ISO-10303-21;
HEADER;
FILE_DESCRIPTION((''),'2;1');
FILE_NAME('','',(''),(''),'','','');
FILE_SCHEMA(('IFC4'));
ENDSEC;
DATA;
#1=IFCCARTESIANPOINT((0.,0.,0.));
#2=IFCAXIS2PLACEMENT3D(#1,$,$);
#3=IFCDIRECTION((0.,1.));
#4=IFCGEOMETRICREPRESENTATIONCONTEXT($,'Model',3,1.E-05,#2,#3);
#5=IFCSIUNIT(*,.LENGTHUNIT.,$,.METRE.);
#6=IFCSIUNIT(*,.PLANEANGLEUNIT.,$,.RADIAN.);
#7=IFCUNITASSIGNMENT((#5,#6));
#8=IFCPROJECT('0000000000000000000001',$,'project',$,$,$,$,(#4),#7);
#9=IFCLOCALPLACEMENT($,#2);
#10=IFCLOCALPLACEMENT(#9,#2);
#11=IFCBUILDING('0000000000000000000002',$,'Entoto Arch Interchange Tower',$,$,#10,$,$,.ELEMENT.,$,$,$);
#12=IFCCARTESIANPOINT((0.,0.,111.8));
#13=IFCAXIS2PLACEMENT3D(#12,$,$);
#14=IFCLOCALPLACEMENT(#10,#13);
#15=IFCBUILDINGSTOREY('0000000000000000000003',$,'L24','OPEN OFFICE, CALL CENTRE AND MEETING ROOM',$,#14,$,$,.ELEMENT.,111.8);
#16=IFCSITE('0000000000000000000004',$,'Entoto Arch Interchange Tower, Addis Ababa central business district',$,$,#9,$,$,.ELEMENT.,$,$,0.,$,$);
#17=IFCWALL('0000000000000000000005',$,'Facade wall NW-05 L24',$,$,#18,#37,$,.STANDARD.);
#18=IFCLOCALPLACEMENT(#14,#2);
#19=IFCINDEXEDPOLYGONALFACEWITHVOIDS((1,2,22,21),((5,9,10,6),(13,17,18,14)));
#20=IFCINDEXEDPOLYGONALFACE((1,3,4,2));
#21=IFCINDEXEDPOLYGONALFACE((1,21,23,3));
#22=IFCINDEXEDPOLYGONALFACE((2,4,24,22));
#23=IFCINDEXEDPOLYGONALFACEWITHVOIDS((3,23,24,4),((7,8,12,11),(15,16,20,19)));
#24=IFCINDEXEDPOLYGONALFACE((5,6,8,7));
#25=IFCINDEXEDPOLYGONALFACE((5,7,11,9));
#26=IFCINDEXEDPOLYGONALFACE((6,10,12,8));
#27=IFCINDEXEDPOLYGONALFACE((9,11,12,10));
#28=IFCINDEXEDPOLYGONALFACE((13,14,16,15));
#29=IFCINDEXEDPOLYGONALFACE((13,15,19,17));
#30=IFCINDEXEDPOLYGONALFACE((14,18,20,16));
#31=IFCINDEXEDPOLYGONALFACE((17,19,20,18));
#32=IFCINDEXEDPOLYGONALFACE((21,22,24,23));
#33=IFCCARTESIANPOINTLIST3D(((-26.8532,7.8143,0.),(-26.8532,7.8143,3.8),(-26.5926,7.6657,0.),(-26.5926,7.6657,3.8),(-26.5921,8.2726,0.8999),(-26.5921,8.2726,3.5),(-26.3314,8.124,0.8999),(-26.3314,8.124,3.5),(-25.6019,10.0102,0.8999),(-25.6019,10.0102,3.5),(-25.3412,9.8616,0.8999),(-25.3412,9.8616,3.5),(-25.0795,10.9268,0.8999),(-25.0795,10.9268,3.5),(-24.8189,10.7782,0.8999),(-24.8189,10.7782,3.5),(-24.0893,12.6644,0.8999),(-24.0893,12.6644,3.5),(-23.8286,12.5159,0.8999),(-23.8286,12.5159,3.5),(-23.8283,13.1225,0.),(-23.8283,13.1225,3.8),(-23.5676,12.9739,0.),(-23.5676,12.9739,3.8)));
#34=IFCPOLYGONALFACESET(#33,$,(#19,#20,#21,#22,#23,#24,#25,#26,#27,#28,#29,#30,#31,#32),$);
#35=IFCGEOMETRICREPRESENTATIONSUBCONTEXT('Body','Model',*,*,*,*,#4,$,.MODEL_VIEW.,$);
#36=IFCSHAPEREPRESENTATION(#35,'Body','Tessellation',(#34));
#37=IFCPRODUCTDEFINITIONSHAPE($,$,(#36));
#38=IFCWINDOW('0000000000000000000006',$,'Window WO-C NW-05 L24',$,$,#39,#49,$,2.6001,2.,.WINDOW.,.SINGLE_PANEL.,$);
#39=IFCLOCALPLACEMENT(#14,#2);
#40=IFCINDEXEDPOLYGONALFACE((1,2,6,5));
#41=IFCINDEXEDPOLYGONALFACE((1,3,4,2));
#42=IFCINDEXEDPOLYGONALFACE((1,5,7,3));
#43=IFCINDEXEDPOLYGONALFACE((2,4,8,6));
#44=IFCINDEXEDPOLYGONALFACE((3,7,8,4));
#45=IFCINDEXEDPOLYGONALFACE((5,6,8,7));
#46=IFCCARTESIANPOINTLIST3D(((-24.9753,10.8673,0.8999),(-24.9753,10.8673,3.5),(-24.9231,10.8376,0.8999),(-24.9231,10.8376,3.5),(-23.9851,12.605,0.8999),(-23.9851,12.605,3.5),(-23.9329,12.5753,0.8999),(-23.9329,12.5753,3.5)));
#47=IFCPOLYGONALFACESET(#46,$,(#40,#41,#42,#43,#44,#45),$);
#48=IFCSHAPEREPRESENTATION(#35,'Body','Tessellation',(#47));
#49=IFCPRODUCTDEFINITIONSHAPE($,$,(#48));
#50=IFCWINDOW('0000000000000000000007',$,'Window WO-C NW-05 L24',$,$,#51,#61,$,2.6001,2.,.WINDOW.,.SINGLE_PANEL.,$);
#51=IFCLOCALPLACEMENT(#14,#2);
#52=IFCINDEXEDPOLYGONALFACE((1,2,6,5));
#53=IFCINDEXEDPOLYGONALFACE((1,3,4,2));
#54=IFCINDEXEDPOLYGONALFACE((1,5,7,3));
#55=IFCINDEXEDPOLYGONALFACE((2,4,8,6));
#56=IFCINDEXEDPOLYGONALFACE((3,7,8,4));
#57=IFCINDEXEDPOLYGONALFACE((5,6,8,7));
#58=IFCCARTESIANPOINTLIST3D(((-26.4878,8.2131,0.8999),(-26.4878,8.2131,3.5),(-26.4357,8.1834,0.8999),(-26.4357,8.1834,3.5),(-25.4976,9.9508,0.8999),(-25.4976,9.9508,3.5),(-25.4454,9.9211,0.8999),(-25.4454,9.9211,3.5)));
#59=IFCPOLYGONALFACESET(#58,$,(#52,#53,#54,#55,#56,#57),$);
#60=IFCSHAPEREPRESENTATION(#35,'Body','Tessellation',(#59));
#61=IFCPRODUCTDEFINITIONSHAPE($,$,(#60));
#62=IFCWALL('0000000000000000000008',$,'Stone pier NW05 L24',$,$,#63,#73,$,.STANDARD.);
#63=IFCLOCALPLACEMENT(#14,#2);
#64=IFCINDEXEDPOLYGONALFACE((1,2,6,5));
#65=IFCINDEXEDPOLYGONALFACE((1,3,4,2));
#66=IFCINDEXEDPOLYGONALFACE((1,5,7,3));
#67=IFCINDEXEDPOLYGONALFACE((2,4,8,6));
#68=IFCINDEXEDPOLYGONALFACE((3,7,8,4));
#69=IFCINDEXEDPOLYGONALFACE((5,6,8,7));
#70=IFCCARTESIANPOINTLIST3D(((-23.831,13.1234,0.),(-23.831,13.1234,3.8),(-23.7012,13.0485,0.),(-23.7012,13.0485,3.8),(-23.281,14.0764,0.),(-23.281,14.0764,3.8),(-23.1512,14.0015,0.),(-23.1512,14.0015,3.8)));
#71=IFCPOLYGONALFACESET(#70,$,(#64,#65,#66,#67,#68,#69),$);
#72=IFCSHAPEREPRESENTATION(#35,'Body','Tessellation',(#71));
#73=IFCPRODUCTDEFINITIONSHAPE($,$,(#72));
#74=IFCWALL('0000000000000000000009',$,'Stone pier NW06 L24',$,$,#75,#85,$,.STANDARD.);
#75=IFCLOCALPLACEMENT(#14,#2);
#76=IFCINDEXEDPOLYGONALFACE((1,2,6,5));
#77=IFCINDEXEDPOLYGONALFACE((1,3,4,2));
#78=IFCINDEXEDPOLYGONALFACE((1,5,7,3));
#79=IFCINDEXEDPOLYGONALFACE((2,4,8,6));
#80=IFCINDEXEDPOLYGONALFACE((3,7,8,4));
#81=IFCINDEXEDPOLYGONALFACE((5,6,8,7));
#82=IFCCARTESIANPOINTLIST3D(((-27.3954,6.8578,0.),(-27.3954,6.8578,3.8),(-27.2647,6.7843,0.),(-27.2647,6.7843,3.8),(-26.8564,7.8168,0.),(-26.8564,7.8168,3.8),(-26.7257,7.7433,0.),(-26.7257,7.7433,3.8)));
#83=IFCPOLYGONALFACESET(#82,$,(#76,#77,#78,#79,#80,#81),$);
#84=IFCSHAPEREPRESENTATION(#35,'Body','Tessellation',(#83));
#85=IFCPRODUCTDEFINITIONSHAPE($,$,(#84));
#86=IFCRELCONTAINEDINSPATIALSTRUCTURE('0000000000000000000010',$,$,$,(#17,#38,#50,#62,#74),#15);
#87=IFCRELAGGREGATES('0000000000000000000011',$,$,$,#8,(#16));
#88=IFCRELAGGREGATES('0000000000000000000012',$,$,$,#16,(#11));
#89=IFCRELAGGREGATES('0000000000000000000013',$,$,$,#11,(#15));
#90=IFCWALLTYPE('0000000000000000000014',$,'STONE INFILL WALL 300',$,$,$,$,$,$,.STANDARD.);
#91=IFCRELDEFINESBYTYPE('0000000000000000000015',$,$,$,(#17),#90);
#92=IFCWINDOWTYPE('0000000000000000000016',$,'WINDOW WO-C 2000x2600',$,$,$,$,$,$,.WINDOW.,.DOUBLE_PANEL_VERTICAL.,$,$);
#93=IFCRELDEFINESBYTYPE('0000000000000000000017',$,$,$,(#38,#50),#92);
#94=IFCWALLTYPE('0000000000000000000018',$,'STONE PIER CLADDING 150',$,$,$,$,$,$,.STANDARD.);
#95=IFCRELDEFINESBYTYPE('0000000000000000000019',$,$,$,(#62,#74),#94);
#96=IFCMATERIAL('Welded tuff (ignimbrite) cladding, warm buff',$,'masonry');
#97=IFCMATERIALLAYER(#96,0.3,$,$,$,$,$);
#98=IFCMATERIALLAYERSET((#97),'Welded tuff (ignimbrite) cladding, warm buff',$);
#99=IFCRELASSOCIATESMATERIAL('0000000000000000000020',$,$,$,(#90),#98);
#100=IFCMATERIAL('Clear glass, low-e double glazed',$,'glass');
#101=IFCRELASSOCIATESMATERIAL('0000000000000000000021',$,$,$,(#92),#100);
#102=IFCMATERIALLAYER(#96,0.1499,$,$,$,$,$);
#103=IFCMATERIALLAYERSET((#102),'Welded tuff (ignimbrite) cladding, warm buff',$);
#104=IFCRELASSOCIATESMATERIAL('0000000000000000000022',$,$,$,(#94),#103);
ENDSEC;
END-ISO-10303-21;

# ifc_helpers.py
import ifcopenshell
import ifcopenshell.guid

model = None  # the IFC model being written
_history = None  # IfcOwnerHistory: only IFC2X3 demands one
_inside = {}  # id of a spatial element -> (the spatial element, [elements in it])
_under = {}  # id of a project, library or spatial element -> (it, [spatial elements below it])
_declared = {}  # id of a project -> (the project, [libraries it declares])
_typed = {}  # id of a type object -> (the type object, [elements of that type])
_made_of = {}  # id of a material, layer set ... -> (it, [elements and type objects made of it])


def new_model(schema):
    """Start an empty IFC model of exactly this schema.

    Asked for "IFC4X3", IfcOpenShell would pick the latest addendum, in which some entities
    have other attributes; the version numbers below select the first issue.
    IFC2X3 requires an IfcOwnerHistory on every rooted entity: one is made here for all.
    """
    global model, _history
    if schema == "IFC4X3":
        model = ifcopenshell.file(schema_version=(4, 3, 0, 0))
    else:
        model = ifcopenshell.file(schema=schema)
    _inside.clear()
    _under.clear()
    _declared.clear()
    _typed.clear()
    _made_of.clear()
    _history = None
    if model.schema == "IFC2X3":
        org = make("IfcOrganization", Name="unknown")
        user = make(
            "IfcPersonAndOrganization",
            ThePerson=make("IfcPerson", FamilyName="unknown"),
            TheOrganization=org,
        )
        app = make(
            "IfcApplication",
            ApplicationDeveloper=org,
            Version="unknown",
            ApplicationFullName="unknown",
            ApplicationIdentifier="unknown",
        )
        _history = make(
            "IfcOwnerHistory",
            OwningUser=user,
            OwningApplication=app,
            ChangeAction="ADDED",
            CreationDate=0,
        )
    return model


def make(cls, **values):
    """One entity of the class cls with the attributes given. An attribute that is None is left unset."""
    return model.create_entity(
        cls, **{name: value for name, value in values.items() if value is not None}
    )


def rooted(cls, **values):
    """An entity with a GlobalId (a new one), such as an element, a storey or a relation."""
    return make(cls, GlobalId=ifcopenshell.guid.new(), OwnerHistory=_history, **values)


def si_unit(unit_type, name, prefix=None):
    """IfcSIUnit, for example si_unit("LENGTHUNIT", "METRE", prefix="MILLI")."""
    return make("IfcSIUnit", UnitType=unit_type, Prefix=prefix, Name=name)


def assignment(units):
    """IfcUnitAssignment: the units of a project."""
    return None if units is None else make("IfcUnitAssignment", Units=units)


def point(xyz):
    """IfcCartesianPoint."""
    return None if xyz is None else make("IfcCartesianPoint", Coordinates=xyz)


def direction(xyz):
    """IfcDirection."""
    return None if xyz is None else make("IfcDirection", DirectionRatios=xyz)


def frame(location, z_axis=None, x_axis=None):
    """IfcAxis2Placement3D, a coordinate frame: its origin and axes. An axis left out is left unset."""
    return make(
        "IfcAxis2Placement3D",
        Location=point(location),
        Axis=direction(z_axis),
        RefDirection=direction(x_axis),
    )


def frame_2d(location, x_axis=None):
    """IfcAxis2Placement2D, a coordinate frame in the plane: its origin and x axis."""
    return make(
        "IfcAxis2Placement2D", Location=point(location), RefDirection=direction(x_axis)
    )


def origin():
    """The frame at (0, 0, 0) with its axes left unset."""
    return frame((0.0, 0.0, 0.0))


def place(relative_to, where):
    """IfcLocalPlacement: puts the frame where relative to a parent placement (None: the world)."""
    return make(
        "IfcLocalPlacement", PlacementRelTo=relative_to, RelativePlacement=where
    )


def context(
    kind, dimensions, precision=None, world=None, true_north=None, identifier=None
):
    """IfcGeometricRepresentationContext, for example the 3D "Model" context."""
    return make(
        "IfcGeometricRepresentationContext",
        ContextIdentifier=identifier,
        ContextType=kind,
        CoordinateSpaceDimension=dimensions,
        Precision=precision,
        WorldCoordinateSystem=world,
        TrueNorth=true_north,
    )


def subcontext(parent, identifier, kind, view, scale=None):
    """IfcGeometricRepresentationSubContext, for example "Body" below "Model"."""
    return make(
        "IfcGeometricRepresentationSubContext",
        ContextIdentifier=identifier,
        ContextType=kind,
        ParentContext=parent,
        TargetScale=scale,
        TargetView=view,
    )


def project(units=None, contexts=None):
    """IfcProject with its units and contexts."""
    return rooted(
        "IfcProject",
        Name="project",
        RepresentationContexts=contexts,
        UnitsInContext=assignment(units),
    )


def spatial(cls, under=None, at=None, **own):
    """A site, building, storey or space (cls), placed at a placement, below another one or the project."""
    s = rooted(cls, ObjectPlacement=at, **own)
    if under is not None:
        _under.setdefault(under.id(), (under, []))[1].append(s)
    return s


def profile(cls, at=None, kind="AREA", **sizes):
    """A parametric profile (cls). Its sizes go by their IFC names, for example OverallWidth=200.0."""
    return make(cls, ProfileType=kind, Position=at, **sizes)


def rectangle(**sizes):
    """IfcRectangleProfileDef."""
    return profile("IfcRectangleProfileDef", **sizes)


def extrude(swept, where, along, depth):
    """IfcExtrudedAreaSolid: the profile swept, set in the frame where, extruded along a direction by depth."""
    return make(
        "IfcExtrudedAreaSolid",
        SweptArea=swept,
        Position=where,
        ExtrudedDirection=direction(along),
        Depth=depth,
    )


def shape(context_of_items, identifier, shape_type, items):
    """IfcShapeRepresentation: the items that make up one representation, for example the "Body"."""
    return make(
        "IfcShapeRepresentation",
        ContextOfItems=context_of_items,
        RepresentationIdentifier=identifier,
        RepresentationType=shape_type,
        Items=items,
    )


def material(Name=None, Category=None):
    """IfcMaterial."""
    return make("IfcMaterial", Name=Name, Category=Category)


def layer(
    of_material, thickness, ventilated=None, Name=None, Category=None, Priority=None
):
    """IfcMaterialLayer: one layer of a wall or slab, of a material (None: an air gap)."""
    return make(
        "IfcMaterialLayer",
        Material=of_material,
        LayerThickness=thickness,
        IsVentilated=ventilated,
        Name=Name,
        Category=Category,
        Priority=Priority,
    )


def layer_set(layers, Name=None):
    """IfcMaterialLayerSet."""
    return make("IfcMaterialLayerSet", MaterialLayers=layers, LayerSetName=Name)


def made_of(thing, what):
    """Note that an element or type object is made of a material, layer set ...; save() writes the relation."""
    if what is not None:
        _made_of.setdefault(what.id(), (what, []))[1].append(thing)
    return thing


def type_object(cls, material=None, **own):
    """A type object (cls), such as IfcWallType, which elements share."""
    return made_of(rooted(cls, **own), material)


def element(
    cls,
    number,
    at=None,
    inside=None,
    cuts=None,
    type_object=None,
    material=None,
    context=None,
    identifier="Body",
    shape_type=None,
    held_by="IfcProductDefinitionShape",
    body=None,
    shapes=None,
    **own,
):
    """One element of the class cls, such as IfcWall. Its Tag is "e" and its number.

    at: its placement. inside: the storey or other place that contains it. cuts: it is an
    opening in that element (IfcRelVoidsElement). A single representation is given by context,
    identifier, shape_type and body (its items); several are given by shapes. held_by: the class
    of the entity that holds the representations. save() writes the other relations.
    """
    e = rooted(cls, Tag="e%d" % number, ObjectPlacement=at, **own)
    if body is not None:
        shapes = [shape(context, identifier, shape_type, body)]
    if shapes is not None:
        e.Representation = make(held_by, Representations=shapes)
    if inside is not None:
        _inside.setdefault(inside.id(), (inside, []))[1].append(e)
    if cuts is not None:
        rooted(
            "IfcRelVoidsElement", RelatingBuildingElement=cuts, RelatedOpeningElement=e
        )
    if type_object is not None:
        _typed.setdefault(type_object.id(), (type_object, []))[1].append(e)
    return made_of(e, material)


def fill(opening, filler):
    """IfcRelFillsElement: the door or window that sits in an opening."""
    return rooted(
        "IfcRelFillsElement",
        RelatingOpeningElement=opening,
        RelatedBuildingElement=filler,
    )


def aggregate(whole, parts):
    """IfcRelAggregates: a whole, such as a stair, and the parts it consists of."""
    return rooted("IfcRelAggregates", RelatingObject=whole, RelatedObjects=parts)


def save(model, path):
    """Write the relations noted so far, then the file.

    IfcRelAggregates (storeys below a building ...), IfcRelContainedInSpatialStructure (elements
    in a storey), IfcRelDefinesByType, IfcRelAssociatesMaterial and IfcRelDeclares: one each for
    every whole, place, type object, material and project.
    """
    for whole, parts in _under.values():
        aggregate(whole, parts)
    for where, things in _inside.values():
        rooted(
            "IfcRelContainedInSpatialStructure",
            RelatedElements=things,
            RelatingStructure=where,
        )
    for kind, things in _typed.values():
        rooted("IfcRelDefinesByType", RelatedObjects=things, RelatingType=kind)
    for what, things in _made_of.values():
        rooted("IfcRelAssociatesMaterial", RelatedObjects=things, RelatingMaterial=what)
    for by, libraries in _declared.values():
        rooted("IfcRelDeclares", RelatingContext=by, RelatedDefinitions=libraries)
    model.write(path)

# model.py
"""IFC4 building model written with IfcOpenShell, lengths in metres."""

from ifc_helpers import new_model, si_unit, direction, frame, frame_2d, origin, place, context, subcontext, project, spatial, rectangle, extrude, material, layer, layer_set, type_object, element, fill, save


model = new_model("IFC4")

# Units and contexts
model_context = context("Model", 3, precision=1e-05, world=origin(), true_north=direction((0.0, 1.0)))
body_context = subcontext(model_context, "Body", "Model", "MODEL_VIEW")
ifc_project = project(units=[si_unit("LENGTHUNIT", "METRE"), si_unit("PLANEANGLEUNIT", "RADIAN")], contexts=[model_context])

# Site, building, storey
site_placement = place(None, origin())
site = spatial("IfcSite", under=ifc_project, at=site_placement, Name="Entoto Arch Interchange Tower, Addis Ababa central business district", CompositionType="ELEMENT", RefElevation=0.0)
building_placement = place(site_placement, origin())
building = spatial("IfcBuilding", under=site, at=building_placement, Name="Entoto Arch Interchange Tower", CompositionType="ELEMENT")
storey_placement = place(building_placement, frame((0.0, 0.0, 111.8)))
storey = spatial("IfcBuildingStorey", under=building, at=storey_placement, Name="L24", Description="OPEN OFFICE, CALL CENTRE AND MEETING ROOM", CompositionType="ELEMENT", Elevation=111.8)

# Wall, openings, windows
ifc_material_1 = material(Name="Welded tuff (ignimbrite) cladding, warm buff", Category="masonry")
ifc_layer_1 = layer(ifc_material_1, 0.3)
ifc_layer_set_1 = layer_set([ifc_layer_1], Name="Welded tuff (ignimbrite) cladding, warm buff")
wall_type_1 = type_object("IfcWallType", Name="STONE INFILL WALL 300", PredefinedType="STANDARD", material=ifc_layer_set_1)
wall_1_placement = place(storey_placement, frame((-23.698, 13.0481, 0.0), z_axis=(0.0, 0.0, 1.0), x_axis=(-0.495114, -0.868828, 0.0)))
wall_1 = element("IfcWall", 1, at=wall_1_placement, inside=storey, type_object=wall_type_1, Name="Facade wall NW-05 L24", PredefinedType="STANDARD", context=body_context, shape_type="SweptSolid", body=[
    extrude(rectangle(XDim=6.1096, YDim=0.3, at=frame_2d((3.0547, 0.0))), origin(), (0.0, 0.0, 1.0), 3.8),
])
opening_1_placement = place(wall_1_placement, frame((0.5271, 0.0, 0.8999)))
opening_1 = element("IfcOpeningElement", 2, at=opening_1_placement, cuts=wall_1, PredefinedType="OPENING", context=body_context, shape_type="SweptSolid", body=[
    extrude(rectangle(XDim=2.0, YDim=2.6001, at=frame_2d((1.0, 1.3))), frame((0.0, 0.1602, 0.0), z_axis=(0.0, -1.0, 0.0), x_axis=(1.0, 0.0, 0.0)), (0.0, 0.0, 1.0), 0.3201),
])
opening_2_placement = place(wall_1_placement, frame((3.582, 0.0, 0.8999)))
opening_2 = element("IfcOpeningElement", 3, at=opening_2_placement, cuts=wall_1, PredefinedType="OPENING", context=body_context, shape_type="SweptSolid", body=[
    extrude(rectangle(XDim=2.0, YDim=2.6001, at=frame_2d((1.0, 1.3))), frame((0.0, 0.1602, 0.0), z_axis=(0.0, -1.0, 0.0), x_axis=(1.0, 0.0, 0.0)), (0.0, 0.0, 1.0), 0.3201),
])
ifc_material_2 = material(Name="Clear glass, low-e double glazed", Category="glass")
window_type = type_object("IfcWindowType", Name="WINDOW WO-C 2000x2600", PartitioningType="DOUBLE_PANEL_VERTICAL", PredefinedType="WINDOW", material=ifc_material_2)
window_1_placement = place(opening_1_placement, origin())
window_1 = element("IfcWindow", 4, at=window_1_placement, inside=storey, type_object=window_type, Name="Window WO-C NW-05 L24", OverallHeight=2.6001, OverallWidth=2.0, PartitioningType="SINGLE_PANEL", PredefinedType="WINDOW", context=body_context, shape_type="SweptSolid", body=[
    extrude(rectangle(XDim=2.0, YDim=2.6001, at=frame_2d((1.0, 1.3))), frame((0.0, 0.03, 0.0), z_axis=(0.0, -1.0, 0.0), x_axis=(1.0, 0.0, 0.0)), (0.0, 0.0, 1.0), 0.0601),
])
fill(opening_1, window_1)
window_2_placement = place(opening_2_placement, origin())
window_2 = element("IfcWindow", 5, at=window_2_placement, inside=storey, type_object=window_type, Name="Window WO-C NW-05 L24", OverallHeight=2.6001, OverallWidth=2.0, PartitioningType="SINGLE_PANEL", PredefinedType="WINDOW", context=body_context, shape_type="SweptSolid", body=[
    extrude(rectangle(XDim=2.0, YDim=2.6001, at=frame_2d((1.0, 1.3))), frame((0.0, 0.03, 0.0), z_axis=(0.0, -1.0, 0.0), x_axis=(1.0, 0.0, 0.0)), (0.0, 0.0, 1.0), 0.0601),
])
fill(opening_2, window_2)

# Walls
ifc_layer_2 = layer(ifc_material_1, 0.1499)
ifc_layer_set_2 = layer_set([ifc_layer_2], Name="Welded tuff (ignimbrite) cladding, warm buff")
wall_type_2 = type_object("IfcWallType", Name="STONE PIER CLADDING 150", PredefinedType="STANDARD", material=ifc_layer_set_2)
wall_2_placement = place(storey_placement, frame((-23.2161, 14.0391, 0.0), z_axis=(0.0, 0.0, 1.0), x_axis=(-0.499838, -0.866119, 0.0)))
element("IfcWall", 6, at=wall_2_placement, inside=storey, type_object=wall_type_2, Name="Stone pier NW05 L24", PredefinedType="STANDARD", context=body_context, shape_type="SweptSolid", body=[
    extrude(rectangle(XDim=1.1003, YDim=0.1499, at=frame_2d((0.5503, 0.0))), origin(), (0.0, 0.0, 1.0), 3.8),
])
wall_3_placement = place(storey_placement, frame((-26.791, 7.78, 0.0), z_axis=(0.0, 0.0, 1.0), x_axis=(-0.490008, -0.871718, 0.0)))
element("IfcWall", 7, at=wall_3_placement, inside=storey, type_object=wall_type_2, Name="Stone pier NW06 L24", PredefinedType="STANDARD", context=body_context, shape_type="SweptSolid", body=[
    extrude(rectangle(XDim=1.1001, YDim=0.1499, at=frame_2d((0.55, 0.0))), origin(), (0.0, 0.0, 1.0), 3.8),
])

save(model, "model.ifc")
